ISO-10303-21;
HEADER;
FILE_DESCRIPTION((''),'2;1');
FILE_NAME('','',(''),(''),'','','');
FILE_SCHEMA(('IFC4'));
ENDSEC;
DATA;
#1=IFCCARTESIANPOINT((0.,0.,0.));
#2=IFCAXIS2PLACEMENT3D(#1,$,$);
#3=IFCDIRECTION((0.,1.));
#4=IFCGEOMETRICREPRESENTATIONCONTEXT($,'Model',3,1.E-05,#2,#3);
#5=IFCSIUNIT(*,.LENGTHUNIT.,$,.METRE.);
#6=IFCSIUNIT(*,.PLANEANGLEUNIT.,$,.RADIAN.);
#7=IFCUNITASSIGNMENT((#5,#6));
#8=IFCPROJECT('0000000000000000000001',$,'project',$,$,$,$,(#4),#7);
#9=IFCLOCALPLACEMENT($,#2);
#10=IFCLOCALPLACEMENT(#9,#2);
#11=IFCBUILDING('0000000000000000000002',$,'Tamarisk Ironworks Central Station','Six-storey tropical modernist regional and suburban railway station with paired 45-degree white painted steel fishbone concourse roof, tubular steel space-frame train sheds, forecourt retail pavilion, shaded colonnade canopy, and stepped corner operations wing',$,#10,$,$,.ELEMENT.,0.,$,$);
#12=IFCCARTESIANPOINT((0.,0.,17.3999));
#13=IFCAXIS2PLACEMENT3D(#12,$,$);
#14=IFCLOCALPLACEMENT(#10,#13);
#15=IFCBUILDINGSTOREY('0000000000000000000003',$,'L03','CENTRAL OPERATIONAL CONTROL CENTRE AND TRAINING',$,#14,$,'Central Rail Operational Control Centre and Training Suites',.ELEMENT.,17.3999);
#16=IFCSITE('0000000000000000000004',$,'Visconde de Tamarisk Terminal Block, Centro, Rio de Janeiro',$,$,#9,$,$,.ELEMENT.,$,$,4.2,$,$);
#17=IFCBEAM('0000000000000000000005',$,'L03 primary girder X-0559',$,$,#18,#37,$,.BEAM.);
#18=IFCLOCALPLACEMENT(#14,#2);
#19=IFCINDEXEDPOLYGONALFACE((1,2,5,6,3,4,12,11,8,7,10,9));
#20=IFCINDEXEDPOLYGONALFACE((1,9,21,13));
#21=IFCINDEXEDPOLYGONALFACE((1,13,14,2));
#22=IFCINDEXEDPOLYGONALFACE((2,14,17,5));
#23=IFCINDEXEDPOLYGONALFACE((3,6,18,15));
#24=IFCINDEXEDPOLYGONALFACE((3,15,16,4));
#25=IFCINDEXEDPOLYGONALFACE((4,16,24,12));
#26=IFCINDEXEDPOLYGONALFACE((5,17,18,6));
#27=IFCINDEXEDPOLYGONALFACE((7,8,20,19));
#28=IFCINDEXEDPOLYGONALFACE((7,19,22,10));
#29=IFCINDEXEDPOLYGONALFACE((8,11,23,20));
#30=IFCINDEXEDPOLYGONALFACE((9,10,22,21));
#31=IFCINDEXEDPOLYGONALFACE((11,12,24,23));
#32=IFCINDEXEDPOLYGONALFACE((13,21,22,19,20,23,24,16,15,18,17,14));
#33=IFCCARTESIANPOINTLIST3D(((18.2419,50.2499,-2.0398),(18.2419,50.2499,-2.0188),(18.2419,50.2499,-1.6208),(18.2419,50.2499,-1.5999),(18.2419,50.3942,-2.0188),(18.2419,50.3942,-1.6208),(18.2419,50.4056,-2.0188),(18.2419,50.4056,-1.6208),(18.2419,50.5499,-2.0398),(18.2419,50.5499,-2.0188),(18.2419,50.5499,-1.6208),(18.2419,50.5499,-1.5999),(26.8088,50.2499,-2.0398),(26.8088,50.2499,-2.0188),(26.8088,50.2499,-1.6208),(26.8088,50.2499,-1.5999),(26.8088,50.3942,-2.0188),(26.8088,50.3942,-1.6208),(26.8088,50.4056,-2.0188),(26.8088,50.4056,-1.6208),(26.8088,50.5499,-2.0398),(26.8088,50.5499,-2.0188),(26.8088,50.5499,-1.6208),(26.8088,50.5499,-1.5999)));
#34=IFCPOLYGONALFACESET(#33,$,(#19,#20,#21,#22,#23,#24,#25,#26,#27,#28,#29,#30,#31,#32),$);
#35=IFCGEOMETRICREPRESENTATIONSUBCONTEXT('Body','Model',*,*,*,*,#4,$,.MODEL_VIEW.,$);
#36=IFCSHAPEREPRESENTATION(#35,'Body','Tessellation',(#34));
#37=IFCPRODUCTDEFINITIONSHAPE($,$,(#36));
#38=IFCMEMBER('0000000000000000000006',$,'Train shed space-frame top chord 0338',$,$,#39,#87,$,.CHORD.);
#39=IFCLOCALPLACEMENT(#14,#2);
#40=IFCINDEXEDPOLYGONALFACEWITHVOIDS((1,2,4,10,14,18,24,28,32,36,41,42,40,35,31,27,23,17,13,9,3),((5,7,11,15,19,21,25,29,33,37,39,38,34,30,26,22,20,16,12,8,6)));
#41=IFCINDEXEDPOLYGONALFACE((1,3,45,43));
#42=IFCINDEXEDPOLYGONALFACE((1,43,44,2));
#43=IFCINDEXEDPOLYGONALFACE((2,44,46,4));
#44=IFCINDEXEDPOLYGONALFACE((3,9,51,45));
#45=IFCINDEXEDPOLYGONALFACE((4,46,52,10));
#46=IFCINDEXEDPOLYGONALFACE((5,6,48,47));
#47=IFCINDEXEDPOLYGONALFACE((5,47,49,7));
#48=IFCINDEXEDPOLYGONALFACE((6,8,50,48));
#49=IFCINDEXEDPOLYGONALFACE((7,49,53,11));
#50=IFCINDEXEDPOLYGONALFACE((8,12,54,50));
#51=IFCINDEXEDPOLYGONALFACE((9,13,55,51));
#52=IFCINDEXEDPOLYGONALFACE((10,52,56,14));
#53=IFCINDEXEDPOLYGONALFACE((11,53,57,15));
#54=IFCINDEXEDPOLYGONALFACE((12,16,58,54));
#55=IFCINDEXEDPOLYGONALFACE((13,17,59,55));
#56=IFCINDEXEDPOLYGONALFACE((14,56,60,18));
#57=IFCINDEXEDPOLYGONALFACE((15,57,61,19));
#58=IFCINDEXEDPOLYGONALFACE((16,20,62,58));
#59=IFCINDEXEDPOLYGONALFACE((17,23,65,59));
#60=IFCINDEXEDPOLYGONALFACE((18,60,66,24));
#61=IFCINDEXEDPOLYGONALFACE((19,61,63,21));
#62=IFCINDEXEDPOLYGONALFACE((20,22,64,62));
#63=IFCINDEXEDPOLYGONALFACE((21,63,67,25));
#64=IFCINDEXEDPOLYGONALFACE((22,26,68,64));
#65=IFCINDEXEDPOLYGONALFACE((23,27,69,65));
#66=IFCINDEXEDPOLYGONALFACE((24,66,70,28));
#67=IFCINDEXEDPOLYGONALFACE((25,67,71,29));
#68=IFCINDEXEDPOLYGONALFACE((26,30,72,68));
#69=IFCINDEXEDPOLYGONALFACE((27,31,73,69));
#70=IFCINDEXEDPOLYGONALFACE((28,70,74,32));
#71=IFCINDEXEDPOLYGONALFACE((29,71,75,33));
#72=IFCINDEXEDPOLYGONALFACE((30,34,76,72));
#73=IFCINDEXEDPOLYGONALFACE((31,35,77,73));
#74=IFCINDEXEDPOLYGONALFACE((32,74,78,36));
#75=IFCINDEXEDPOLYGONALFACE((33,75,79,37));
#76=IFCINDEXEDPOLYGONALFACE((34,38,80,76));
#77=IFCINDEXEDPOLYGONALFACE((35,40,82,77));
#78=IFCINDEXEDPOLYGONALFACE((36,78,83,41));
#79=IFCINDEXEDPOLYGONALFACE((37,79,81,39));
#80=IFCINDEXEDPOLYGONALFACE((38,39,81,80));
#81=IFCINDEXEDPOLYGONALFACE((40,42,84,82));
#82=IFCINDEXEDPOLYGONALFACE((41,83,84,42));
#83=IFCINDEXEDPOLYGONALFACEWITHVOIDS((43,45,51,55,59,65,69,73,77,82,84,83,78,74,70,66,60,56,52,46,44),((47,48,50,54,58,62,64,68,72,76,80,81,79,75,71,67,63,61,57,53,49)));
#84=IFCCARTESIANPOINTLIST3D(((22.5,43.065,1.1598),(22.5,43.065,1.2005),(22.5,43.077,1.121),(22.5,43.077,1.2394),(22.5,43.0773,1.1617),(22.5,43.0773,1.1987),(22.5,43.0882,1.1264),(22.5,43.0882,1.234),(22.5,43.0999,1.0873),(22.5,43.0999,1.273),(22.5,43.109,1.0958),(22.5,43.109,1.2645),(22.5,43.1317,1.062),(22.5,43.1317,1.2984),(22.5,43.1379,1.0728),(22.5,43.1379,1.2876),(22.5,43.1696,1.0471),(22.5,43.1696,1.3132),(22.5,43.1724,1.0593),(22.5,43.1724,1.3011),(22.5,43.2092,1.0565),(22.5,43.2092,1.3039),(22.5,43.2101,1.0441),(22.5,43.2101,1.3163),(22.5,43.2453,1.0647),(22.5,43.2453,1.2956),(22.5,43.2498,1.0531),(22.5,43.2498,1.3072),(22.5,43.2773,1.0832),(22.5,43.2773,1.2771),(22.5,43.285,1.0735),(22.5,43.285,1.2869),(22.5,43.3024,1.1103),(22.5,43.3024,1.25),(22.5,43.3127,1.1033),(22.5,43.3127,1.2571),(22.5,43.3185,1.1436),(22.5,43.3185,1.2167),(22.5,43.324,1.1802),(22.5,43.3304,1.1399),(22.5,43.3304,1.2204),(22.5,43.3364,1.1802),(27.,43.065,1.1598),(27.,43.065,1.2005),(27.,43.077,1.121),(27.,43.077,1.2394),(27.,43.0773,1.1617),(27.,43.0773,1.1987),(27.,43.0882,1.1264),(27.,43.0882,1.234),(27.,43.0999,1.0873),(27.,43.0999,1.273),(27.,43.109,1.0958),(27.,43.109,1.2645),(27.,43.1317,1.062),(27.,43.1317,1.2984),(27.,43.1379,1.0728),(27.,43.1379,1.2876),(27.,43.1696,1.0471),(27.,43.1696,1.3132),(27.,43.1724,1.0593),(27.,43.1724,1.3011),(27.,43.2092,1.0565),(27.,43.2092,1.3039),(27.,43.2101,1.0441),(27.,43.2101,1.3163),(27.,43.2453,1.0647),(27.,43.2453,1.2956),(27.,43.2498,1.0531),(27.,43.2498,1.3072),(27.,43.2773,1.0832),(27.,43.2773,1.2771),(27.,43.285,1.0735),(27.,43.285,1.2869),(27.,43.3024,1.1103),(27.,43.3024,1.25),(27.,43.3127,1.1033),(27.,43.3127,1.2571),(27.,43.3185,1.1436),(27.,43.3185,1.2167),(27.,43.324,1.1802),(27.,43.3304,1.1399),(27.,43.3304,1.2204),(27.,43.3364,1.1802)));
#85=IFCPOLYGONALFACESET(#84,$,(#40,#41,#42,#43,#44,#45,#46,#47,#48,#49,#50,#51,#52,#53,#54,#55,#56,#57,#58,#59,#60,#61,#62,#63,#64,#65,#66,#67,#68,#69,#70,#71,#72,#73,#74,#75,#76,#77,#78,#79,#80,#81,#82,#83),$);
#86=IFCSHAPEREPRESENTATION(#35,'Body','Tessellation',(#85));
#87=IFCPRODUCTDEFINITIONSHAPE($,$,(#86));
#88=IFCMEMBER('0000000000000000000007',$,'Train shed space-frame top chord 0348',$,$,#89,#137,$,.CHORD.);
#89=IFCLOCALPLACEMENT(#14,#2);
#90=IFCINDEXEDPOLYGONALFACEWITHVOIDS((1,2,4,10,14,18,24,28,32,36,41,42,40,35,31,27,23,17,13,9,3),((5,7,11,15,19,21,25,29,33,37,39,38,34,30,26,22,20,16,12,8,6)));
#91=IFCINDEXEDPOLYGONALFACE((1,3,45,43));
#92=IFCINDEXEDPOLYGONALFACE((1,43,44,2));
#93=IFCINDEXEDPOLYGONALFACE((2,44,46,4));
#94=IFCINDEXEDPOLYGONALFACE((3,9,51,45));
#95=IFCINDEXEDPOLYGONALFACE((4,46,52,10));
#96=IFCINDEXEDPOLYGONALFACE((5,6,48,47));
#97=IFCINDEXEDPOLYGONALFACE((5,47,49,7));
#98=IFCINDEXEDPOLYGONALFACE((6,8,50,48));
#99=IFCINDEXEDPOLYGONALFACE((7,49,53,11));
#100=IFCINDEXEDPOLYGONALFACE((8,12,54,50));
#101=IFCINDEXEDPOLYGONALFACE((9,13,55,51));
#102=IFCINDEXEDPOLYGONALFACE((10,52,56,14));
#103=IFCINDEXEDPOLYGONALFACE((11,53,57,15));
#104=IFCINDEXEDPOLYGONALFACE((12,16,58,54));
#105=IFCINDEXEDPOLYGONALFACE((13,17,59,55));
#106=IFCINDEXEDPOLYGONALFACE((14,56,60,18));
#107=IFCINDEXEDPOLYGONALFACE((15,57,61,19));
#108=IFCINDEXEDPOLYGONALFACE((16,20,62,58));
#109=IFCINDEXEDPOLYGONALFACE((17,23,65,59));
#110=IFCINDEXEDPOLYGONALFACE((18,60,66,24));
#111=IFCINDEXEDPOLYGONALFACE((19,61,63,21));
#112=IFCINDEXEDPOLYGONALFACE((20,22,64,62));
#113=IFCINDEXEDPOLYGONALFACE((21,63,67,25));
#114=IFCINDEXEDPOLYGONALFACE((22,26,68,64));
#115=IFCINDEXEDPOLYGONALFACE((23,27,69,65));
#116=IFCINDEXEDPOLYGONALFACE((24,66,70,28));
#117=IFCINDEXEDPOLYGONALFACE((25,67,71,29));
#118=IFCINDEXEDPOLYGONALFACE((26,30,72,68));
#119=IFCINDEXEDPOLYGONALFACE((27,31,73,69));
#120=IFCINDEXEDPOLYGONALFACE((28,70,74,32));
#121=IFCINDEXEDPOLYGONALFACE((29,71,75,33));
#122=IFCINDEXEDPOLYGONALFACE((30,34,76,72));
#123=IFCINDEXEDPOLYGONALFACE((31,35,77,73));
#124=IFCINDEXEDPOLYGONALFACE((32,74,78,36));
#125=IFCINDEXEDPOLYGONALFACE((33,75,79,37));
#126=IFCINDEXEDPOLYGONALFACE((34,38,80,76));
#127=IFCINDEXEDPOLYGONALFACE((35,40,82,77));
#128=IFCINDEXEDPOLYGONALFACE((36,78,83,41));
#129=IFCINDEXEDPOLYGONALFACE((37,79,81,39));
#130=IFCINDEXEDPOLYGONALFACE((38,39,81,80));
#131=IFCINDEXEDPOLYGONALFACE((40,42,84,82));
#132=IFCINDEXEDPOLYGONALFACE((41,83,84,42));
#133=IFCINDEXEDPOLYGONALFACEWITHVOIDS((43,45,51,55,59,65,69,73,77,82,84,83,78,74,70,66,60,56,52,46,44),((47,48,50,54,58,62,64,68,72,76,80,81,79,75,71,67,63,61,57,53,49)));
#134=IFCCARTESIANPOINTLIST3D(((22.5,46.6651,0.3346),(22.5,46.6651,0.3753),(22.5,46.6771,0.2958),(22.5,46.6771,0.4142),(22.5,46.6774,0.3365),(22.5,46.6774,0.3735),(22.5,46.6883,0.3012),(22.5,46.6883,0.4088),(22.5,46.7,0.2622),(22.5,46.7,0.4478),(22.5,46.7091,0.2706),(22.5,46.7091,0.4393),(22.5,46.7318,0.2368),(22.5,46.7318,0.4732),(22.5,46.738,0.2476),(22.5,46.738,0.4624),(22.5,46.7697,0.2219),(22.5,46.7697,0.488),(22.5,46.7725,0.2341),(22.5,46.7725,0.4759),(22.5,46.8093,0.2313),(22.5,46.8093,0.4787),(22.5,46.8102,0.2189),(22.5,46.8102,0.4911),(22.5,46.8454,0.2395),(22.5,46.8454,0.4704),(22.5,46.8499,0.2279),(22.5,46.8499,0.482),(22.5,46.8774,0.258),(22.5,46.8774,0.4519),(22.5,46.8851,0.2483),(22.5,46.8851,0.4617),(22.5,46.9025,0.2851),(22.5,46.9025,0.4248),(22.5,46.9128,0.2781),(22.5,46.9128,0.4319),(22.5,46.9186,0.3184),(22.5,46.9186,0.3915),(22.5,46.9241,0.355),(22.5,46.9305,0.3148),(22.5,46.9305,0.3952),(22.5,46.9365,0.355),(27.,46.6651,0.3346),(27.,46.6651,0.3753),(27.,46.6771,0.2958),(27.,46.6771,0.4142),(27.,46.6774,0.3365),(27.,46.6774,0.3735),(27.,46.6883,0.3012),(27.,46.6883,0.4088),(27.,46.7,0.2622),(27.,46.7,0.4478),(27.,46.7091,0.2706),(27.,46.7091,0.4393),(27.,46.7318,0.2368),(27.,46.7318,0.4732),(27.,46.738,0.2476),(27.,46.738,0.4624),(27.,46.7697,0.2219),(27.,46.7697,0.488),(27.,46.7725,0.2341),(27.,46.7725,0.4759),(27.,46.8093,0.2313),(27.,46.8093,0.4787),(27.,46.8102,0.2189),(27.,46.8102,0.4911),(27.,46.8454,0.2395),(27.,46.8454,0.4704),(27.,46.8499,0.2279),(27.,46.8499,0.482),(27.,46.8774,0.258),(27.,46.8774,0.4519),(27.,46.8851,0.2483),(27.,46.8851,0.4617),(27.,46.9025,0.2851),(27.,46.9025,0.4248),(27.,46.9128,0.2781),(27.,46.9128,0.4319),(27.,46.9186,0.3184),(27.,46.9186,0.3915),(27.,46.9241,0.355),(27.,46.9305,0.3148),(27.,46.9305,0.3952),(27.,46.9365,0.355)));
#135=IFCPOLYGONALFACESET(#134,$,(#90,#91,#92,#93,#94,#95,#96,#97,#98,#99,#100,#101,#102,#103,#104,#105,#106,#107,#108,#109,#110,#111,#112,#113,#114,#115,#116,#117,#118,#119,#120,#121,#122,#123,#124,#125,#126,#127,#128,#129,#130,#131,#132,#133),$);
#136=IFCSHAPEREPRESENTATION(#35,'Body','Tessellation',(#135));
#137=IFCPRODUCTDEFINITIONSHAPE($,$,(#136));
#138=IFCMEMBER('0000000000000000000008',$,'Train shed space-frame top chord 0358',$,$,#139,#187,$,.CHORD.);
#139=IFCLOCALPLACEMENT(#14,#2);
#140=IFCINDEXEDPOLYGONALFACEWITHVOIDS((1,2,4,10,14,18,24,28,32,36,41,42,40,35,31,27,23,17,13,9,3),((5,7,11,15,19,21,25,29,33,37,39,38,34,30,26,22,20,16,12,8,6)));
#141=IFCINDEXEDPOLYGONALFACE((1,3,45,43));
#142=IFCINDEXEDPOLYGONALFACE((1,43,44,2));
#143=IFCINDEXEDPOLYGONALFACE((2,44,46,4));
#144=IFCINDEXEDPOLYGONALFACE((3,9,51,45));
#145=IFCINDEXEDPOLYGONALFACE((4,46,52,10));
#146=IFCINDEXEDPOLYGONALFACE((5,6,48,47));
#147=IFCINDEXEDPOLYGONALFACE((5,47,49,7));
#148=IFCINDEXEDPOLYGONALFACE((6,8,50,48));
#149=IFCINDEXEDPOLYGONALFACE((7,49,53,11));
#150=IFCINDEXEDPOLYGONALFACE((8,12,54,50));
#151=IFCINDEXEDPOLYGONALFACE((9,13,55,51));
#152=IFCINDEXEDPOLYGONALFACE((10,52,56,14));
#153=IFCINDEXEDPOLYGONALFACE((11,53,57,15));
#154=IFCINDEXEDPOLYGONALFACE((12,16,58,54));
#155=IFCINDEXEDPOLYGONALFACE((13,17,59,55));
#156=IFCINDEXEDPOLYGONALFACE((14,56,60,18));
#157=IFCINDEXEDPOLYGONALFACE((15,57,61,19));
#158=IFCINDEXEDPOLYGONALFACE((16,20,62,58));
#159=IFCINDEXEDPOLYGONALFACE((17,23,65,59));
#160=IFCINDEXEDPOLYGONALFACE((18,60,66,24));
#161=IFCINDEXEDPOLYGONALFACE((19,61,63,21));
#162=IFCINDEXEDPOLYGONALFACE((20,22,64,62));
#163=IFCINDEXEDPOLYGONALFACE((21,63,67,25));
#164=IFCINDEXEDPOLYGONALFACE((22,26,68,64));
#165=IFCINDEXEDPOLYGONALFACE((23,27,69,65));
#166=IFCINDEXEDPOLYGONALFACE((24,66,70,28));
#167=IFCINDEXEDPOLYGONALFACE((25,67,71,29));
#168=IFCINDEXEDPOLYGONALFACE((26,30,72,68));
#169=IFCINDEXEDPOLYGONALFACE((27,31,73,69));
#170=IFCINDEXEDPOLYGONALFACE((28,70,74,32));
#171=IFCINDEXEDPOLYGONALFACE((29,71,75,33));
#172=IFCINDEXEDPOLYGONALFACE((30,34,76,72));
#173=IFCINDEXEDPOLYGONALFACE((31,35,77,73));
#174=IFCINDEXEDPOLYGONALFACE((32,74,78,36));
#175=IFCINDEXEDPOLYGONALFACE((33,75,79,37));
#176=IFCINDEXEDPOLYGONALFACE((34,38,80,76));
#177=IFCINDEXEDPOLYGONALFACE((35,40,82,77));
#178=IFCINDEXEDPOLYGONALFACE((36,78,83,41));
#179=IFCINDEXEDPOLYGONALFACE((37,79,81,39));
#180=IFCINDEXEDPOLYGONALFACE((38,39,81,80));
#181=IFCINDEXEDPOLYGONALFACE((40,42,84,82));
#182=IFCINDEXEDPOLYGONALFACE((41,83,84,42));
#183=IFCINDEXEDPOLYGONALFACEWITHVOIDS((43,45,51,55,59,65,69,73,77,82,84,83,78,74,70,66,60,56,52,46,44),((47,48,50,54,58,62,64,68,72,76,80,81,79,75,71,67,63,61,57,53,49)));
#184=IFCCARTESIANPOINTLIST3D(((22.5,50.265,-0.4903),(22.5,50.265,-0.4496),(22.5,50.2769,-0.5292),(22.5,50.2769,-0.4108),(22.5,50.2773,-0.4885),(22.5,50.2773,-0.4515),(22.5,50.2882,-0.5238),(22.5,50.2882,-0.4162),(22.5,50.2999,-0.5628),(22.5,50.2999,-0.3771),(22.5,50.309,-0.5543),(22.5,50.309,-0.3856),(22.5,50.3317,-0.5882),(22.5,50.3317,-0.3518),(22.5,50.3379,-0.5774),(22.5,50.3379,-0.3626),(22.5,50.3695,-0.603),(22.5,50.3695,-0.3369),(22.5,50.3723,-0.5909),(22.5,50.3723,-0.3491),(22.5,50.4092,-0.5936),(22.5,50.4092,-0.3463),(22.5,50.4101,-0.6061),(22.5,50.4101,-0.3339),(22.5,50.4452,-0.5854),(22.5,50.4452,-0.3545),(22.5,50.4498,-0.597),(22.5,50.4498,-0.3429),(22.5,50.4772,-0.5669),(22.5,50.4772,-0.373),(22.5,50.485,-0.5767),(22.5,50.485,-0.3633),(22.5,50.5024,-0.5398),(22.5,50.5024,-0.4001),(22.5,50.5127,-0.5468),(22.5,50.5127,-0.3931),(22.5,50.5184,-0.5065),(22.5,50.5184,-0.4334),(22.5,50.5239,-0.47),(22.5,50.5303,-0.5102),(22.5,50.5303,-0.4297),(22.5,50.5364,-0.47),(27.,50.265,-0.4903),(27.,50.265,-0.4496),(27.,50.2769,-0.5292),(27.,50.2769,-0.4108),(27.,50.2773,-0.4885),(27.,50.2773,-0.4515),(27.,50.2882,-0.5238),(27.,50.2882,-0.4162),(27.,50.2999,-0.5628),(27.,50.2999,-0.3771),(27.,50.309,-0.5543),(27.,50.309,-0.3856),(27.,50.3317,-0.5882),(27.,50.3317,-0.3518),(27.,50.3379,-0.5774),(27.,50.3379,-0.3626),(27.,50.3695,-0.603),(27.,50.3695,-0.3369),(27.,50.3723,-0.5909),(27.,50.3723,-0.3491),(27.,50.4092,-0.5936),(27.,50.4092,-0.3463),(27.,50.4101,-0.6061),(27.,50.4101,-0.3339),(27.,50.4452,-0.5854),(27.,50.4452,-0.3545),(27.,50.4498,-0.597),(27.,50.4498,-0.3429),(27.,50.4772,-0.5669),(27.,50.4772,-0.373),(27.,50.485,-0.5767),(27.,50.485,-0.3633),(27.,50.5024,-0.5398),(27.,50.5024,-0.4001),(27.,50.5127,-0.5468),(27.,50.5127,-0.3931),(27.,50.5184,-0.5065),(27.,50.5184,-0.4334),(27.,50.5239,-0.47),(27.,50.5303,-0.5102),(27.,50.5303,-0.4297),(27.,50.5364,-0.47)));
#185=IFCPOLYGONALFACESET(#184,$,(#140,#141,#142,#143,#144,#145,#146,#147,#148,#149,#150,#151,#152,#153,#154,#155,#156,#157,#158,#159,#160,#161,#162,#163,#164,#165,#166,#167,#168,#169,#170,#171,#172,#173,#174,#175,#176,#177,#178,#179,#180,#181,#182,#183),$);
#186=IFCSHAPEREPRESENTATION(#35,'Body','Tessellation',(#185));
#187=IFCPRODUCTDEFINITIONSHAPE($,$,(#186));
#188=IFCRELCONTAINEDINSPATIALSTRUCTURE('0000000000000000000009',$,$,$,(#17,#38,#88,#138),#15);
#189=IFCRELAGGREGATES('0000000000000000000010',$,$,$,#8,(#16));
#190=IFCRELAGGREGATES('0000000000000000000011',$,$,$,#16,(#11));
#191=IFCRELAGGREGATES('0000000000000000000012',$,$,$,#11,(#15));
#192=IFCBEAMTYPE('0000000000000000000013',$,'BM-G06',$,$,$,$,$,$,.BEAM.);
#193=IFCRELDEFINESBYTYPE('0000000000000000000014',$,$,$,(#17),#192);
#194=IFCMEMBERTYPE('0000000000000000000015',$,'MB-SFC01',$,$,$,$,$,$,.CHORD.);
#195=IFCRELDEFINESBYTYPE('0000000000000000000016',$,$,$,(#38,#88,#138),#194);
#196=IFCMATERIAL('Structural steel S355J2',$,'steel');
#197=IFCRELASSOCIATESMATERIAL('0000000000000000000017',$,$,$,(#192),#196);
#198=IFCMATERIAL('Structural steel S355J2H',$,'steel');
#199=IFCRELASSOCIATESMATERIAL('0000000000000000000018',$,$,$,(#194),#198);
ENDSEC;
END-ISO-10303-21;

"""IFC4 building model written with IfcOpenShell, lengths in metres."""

from ifc_helpers import new_model, si_unit, direction, frame, origin, origin_2d, place, context, subcontext, project, spatial, hollow_circle, i_section, extrude, material, material_profile, profile_set, type_object, element, save


model = new_model("IFC4")

# Units and contexts
model_context = context("Model", 3, precision=1e-05, world=origin(), true_north=direction((0.0, 1.0)))
body_context = subcontext(model_context, "Body", "Model", "MODEL_VIEW")
ifc_project = project(units=[si_unit("LENGTHUNIT", "METRE"), si_unit("PLANEANGLEUNIT", "RADIAN")], contexts=[model_context])

# Site, building, storey
site_placement = place(None, origin())
site = spatial("IfcSite", under=ifc_project, at=site_placement, Name="Visconde de Tamarisk Terminal Block, Centro, Rio de Janeiro", CompositionType="ELEMENT", RefElevation=4.2)
building_placement = place(site_placement, origin())
building = spatial("IfcBuilding", under=site, at=building_placement, Name="Tamarisk Ironworks Central Station", Description="Six-storey tropical modernist regional and suburban railway station with paired 45-degree white painted steel fishbone concourse roof, tubular steel space-frame train sheds, forecourt retail pavilion, shaded colonnade canopy, and stepped corner operations wing", CompositionType="ELEMENT", ElevationOfRefHeight=0.0)
storey_placement = place(building_placement, frame((0.0, 0.0, 17.3999)))
storey = spatial("IfcBuildingStorey", under=building, at=storey_placement, Name="L03", Description="CENTRAL OPERATIONAL CONTROL CENTRE AND TRAINING", LongName="Central Rail Operational Control Centre and Training Suites", CompositionType="ELEMENT", Elevation=17.3999)

# Beam
ifc_material_1 = material(Name="Structural steel S355J2", Category="steel")
ifc_material_profile_1 = material_profile(ifc_material_1, i_section(OverallWidth=0.3, OverallDepth=0.4399, WebThickness=0.0115, FlangeThickness=0.021, at=origin_2d()), Name="HEA 450")
ifc_profile_set_1 = profile_set([ifc_material_profile_1], Name="Structural steel S355J2")
beam_type = type_object("IfcBeamType", Name="BM-G06", PredefinedType="BEAM", material=ifc_profile_set_1)
beam_placement = place(storey_placement, frame((18.2419, 50.3999, -1.8198), z_axis=(1.0, 0.0, 0.0), x_axis=(0.0, 1.0, 0.0)))
element("IfcBeam", 1, at=beam_placement, inside=storey, type_object=beam_type, Name="L03 primary girder X-0559", PredefinedType="BEAM", context=body_context, shape_type="SweptSolid", body=[
    extrude(i_section(OverallWidth=0.3, OverallDepth=0.4399, WebThickness=0.0115, FlangeThickness=0.021, at=origin_2d()), origin(), (0.0, 0.0, 1.0), 8.5669),
])

# Members
ifc_material_2 = material(Name="Structural steel S355J2H", Category="steel")
ifc_material_profile_2 = material_profile(ifc_material_2, hollow_circle(Radius=0.1365, WallThickness=0.0125, at=origin_2d()), Name="CHS 273x12.5")
ifc_profile_set_2 = profile_set([ifc_material_profile_2], Name="Structural steel S355J2H")
member_type_1 = type_object("IfcMemberType", Name="MB-SFC01", PredefinedType="CHORD", material=ifc_profile_set_2)
for number, where, z_axis, x_axis, name in (
    (2, (22.5, 43.2, 1.1802), (1.0, 0.0, 0.0), (0.0, 1.0, 0.0), "Train shed space-frame top chord 0338"),
    (3, (22.5, 46.8, 0.355), (1.0, 0.0, 0.0), (0.0, 1.0, 0.0), "Train shed space-frame top chord 0348"),
    (4, (22.5, 50.3999, -0.47), (1.0, 0.0, 0.0), (0.0, 1.0, 0.0), "Train shed space-frame top chord 0358"),
):
    element("IfcMember", number, at=place(storey_placement, frame(where, z_axis=z_axis, x_axis=x_axis)), inside=storey, type_object=member_type_1, Name=name, PredefinedType="CHORD", context=body_context, shape_type="SweptSolid", body=[
        extrude(hollow_circle(Radius=0.1365, WallThickness=0.0125, at=origin_2d()), origin(), (0.0, 0.0, 1.0), 4.5),
    ])

save(model, "model.ifc")
